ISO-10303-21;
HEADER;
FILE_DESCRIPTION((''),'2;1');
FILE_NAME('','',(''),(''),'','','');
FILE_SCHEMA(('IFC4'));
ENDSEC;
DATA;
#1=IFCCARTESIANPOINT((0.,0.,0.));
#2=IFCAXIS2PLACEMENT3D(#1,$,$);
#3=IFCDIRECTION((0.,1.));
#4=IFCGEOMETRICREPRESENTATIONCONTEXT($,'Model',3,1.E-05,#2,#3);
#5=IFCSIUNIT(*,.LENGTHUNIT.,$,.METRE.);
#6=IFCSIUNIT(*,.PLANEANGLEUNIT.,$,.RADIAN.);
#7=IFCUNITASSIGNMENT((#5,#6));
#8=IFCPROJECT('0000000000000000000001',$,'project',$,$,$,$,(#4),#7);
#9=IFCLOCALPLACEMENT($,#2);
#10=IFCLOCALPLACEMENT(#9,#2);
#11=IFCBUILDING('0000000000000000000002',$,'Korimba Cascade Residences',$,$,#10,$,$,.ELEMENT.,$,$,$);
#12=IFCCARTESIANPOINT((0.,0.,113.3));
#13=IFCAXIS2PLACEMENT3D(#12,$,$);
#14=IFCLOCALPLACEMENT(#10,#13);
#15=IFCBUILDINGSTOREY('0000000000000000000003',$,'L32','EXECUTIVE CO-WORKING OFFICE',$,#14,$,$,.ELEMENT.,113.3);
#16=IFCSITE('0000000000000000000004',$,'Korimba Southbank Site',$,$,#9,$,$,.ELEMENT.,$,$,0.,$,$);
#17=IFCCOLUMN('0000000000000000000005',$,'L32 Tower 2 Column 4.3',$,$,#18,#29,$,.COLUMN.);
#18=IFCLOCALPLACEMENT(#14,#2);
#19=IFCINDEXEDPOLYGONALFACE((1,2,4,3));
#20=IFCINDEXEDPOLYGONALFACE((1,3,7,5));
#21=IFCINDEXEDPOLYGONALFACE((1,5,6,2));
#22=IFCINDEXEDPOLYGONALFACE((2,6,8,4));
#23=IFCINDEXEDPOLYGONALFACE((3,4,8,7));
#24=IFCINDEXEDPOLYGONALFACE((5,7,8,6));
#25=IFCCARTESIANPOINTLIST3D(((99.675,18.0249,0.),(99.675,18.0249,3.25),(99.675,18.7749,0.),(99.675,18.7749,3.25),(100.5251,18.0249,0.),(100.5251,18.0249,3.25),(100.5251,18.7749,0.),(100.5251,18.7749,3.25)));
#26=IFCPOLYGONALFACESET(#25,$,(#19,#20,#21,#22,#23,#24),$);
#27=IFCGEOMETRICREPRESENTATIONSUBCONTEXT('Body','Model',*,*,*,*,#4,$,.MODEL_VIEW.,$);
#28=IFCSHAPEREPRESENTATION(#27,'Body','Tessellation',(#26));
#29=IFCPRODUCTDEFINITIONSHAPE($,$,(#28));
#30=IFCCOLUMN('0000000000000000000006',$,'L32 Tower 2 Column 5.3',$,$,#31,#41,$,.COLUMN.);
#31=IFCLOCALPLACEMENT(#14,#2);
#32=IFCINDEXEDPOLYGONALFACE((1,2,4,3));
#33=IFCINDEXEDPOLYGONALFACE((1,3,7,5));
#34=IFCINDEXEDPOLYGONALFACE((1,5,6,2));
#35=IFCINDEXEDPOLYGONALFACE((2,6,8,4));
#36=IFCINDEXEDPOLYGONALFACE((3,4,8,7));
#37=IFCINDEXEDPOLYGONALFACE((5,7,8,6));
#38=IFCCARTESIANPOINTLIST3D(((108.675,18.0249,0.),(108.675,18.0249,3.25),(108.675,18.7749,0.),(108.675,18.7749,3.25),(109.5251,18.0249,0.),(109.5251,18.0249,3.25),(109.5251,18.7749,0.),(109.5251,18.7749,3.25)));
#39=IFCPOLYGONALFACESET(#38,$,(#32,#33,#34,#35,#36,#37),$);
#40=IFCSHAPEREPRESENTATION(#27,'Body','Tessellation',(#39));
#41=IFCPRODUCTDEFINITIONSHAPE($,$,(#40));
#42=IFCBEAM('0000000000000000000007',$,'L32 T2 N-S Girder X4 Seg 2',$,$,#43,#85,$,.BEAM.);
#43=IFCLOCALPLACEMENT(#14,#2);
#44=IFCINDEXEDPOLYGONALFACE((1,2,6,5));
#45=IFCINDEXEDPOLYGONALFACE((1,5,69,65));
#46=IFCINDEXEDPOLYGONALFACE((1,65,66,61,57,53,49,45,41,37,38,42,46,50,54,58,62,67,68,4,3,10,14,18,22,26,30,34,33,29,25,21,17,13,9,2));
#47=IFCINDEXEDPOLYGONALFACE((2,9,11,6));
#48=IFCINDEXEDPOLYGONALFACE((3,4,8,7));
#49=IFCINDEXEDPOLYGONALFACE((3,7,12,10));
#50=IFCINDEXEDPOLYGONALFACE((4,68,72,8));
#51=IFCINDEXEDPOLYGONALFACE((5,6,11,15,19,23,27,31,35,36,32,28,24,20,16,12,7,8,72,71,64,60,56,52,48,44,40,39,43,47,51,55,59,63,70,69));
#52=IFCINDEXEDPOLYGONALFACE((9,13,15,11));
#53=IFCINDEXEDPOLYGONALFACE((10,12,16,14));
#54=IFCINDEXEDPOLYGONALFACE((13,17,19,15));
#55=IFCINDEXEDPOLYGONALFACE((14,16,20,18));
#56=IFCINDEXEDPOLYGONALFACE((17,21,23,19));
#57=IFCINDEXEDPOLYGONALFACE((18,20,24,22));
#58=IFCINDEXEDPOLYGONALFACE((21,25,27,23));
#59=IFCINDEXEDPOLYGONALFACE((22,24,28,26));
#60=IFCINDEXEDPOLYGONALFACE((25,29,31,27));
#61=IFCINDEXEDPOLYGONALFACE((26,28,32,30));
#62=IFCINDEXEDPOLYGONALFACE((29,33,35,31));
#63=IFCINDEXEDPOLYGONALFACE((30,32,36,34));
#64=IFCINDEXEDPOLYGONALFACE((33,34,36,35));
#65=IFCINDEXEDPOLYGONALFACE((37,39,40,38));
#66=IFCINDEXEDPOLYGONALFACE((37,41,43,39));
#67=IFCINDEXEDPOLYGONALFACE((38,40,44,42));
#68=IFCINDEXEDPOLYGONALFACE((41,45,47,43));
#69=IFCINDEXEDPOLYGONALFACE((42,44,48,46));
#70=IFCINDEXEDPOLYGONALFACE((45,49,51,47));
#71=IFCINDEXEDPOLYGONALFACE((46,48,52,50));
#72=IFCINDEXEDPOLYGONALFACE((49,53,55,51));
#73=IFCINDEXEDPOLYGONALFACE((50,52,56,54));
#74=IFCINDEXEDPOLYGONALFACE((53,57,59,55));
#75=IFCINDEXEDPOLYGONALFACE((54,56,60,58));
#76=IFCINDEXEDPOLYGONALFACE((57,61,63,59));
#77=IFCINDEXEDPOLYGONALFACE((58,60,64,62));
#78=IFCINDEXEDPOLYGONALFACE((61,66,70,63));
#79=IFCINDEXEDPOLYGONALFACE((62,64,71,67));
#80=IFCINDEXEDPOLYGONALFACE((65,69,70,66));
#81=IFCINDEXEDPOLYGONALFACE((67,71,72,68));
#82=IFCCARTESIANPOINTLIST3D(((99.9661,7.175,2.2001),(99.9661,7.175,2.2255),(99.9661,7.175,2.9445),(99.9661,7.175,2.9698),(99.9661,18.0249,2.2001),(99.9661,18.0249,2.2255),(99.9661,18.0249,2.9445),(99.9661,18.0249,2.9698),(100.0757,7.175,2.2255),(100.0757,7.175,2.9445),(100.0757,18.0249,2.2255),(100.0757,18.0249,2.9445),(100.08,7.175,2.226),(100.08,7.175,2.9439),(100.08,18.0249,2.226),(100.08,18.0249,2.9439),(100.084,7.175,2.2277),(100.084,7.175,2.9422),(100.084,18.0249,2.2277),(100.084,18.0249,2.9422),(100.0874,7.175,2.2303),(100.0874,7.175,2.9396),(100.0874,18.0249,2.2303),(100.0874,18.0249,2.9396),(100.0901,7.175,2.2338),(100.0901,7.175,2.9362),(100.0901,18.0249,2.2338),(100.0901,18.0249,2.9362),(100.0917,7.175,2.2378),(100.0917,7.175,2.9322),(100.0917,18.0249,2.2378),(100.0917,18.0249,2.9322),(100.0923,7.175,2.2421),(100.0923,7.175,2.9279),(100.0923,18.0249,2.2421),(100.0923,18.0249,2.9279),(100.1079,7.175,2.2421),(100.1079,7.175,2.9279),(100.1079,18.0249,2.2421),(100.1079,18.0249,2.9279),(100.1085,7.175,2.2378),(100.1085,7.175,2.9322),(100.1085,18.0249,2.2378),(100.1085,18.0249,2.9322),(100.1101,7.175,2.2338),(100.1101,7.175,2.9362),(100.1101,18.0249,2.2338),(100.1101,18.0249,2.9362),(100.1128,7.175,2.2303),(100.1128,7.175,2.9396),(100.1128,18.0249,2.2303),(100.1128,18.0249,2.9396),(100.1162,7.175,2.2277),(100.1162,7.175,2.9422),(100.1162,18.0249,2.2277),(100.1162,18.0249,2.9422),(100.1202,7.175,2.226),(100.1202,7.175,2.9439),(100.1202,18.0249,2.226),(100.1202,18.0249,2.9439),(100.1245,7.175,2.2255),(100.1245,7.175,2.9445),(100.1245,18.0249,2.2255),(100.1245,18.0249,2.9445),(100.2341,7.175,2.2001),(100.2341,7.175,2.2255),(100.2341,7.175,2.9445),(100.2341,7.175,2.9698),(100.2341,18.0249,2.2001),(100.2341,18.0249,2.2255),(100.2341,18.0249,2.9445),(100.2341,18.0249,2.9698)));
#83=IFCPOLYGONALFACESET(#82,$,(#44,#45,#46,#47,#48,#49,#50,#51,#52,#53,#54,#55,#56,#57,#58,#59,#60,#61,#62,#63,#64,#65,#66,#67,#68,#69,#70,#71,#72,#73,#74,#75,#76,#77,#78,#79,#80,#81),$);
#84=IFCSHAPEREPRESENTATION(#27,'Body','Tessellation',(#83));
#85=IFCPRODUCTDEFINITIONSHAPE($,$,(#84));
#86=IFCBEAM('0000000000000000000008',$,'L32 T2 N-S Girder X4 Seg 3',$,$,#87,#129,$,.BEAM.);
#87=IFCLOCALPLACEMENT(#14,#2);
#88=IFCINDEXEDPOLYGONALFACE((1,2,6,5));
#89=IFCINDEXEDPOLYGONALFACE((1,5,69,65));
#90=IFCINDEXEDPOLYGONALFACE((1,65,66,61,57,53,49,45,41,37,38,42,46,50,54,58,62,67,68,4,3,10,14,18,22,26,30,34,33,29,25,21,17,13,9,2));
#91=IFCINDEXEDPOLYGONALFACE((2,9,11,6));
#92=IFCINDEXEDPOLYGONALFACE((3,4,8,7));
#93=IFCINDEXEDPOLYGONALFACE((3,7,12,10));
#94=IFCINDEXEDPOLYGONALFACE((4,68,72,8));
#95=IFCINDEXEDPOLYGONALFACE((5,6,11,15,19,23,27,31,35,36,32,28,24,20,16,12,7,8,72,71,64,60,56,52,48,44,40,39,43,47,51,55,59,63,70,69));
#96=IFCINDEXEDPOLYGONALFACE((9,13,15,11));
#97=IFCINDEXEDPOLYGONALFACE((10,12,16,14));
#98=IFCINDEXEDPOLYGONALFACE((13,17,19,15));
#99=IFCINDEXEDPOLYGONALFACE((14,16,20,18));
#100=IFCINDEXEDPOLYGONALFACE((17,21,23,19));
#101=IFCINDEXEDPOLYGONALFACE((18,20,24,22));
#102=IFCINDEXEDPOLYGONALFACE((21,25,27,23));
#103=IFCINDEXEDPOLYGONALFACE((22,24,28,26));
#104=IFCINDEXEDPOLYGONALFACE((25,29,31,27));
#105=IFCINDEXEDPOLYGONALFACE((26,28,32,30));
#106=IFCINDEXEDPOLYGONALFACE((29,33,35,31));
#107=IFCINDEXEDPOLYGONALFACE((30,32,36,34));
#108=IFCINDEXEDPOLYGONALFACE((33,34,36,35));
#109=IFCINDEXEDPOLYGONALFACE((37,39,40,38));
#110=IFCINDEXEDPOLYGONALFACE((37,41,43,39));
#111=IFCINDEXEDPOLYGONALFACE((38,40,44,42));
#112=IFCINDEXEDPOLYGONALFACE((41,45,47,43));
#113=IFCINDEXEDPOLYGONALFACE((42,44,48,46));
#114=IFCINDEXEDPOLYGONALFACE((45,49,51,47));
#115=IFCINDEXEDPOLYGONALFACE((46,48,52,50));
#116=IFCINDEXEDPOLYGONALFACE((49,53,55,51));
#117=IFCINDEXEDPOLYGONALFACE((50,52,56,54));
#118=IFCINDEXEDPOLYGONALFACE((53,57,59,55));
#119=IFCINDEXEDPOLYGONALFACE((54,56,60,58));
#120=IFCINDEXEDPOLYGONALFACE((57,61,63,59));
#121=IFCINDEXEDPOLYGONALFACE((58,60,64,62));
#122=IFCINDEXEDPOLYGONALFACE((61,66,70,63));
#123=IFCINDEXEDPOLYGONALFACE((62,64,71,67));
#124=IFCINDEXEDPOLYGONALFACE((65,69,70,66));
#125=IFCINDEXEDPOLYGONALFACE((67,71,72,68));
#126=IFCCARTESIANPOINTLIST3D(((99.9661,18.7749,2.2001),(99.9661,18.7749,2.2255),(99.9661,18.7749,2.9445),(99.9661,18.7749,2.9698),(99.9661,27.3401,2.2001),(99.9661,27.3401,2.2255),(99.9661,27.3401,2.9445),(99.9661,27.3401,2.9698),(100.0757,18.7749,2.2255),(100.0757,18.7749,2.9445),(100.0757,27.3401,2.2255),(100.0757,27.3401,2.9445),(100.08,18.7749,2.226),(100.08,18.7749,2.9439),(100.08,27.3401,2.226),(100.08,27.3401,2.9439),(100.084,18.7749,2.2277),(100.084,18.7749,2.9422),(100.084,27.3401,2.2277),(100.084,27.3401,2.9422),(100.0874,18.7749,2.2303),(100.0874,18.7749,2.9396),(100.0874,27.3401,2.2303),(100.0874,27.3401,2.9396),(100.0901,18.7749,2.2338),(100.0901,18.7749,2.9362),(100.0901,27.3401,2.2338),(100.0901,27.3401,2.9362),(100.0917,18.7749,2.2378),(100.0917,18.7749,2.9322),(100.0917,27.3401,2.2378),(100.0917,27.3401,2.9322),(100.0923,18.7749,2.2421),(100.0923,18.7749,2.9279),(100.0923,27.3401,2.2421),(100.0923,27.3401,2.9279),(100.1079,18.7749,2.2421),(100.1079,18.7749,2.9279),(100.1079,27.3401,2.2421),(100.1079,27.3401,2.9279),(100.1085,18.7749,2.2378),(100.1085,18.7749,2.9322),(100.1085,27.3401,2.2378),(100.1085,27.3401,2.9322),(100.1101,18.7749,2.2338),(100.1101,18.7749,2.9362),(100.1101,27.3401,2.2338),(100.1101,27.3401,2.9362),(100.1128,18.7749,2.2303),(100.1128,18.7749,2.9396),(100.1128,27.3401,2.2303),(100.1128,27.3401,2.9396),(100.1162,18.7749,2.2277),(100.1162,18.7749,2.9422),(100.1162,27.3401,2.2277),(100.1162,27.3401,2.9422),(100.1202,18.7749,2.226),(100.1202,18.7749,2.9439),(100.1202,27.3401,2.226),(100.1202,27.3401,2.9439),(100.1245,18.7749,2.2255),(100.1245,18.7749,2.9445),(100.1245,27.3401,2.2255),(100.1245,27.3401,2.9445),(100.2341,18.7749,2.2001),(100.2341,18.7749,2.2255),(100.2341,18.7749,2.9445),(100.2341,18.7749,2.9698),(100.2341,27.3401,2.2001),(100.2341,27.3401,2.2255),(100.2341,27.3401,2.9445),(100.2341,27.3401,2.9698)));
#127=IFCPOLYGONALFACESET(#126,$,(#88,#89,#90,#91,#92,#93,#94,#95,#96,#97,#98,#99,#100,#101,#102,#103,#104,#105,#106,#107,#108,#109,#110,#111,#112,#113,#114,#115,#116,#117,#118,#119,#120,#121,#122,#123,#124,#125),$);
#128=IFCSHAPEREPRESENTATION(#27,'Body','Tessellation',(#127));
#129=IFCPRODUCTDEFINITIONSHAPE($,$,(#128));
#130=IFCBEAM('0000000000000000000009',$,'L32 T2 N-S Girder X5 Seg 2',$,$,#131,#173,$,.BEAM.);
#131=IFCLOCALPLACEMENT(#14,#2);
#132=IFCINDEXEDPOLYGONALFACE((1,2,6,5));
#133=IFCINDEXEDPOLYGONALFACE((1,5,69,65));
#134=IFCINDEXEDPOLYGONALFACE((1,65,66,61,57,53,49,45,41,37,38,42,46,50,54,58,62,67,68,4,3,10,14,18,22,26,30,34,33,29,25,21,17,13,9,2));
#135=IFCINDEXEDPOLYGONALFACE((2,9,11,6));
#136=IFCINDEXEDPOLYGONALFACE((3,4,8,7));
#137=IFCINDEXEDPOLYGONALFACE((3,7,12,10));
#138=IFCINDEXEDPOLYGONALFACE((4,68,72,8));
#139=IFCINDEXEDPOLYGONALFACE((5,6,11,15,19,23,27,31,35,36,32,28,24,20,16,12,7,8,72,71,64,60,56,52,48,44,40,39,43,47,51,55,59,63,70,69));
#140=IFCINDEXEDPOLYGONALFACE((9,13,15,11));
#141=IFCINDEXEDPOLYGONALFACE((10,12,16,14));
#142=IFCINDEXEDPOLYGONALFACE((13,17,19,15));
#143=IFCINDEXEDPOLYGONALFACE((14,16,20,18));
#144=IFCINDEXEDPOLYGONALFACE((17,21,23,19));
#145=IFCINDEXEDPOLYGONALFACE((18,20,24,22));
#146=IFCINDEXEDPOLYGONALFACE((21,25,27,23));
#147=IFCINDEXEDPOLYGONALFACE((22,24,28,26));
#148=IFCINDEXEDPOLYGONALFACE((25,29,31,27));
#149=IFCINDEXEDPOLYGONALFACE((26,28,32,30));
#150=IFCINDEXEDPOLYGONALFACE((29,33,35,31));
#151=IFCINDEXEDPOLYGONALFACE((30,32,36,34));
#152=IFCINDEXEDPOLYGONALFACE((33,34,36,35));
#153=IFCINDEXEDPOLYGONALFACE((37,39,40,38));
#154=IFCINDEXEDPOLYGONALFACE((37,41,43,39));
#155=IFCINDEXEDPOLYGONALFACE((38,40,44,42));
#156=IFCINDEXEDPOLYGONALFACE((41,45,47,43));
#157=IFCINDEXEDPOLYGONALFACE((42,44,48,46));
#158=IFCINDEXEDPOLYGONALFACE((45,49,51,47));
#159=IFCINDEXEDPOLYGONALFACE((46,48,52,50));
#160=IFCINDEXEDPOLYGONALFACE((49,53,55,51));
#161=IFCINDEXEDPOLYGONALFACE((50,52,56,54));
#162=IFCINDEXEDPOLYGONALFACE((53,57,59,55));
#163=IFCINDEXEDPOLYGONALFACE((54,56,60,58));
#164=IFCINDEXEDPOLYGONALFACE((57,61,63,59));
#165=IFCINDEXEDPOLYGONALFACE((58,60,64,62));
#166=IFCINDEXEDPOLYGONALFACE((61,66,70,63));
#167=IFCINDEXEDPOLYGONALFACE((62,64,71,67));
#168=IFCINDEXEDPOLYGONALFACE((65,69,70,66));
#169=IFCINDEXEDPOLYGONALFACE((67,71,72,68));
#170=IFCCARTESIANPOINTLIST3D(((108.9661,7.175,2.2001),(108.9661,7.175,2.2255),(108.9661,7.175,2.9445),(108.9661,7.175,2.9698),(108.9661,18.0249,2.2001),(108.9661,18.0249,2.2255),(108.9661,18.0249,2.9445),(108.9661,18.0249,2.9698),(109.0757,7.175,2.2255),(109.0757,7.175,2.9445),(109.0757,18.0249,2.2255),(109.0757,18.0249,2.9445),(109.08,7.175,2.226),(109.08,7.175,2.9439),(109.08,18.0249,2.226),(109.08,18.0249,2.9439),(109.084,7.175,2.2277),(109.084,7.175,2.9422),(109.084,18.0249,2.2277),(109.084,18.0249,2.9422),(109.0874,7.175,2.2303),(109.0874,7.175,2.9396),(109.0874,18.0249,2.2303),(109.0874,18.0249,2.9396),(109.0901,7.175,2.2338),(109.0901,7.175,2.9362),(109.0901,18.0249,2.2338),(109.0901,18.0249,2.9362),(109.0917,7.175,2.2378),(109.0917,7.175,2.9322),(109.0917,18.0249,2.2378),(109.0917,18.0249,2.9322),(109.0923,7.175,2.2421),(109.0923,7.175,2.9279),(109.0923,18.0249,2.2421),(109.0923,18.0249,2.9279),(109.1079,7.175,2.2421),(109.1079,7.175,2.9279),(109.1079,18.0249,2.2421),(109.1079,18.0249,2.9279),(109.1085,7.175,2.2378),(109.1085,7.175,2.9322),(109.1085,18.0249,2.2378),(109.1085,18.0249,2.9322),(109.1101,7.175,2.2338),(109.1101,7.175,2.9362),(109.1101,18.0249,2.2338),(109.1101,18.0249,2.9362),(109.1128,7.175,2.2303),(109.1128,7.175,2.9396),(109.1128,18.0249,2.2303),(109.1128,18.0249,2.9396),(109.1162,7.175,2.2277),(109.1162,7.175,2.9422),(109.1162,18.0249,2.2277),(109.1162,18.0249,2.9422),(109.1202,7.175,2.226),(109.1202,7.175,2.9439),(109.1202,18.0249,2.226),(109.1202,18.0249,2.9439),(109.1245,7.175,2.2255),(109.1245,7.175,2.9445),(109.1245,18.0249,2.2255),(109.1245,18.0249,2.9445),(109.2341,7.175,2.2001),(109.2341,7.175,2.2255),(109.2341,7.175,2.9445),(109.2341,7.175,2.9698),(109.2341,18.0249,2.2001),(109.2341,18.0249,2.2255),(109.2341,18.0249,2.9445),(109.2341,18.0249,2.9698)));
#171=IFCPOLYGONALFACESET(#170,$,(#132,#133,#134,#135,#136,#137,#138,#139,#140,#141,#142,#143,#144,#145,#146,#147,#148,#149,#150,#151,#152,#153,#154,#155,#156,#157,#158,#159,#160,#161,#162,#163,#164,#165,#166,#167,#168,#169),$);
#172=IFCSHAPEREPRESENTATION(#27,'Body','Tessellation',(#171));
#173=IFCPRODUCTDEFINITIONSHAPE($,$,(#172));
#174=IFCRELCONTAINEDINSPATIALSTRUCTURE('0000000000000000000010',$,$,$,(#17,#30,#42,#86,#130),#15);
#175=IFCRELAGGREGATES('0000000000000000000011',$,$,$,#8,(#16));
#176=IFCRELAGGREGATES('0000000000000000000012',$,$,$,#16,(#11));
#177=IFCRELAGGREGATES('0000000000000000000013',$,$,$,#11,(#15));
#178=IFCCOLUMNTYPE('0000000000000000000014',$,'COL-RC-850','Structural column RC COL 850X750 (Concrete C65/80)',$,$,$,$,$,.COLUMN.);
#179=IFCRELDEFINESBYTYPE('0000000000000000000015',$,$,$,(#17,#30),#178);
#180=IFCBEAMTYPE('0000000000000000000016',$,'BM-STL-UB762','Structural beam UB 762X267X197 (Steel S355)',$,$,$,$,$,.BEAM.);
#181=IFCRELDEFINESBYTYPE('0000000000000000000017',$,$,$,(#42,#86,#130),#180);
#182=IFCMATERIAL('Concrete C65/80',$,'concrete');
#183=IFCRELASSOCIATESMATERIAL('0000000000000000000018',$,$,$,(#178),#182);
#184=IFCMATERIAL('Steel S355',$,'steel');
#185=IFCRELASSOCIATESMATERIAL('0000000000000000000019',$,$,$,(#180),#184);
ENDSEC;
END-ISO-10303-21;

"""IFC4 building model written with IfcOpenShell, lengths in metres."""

from ifc_helpers import new_model, si_unit, direction, frame, origin, origin_2d, place, context, subcontext, project, spatial, rectangle, i_section, extrude, material, material_profile, profile_set, type_object, element, save


model = new_model("IFC4")

# Units and contexts
model_context = context("Model", 3, precision=1e-05, world=origin(), true_north=direction((0.0, 1.0)))
body_context = subcontext(model_context, "Body", "Model", "MODEL_VIEW")
ifc_project = project(units=[si_unit("LENGTHUNIT", "METRE"), si_unit("PLANEANGLEUNIT", "RADIAN")], contexts=[model_context])

# Site, building, storey
site_placement = place(None, origin())
site = spatial("IfcSite", under=ifc_project, at=site_placement, Name="Korimba Southbank Site", CompositionType="ELEMENT", RefElevation=0.0)
building_placement = place(site_placement, origin())
building = spatial("IfcBuilding", under=site, at=building_placement, Name="Korimba Cascade Residences", CompositionType="ELEMENT")
storey_placement = place(building_placement, frame((0.0, 0.0, 113.3)))
storey = spatial("IfcBuildingStorey", under=building, at=storey_placement, Name="L32", Description="EXECUTIVE CO-WORKING OFFICE", CompositionType="ELEMENT", Elevation=113.3)

# Columns
ifc_material_1 = material(Name="Concrete C65/80", Category="concrete")
ifc_material_profile_1 = material_profile(ifc_material_1, rectangle(XDim=0.8501, YDim=0.75, at=origin_2d()), Name="Concrete C65/80")
ifc_profile_set_1 = profile_set([ifc_material_profile_1], Name="Concrete C65/80")
column_type = type_object("IfcColumnType", Name="COL-RC-850", Description="Structural column RC COL 850X750 (Concrete C65/80)", PredefinedType="COLUMN", material=ifc_profile_set_1)
for number, where, z_axis, x_axis, name in (
    (1, (100.1001, 18.3999, 0.0), (0.0, 0.0, 1.0), (1.0, 0.0, 0.0), "L32 Tower 2 Column 4.3"),
    (2, (109.1001, 18.3999, 0.0), (0.0, 0.0, 1.0), (1.0, 0.0, 0.0), "L32 Tower 2 Column 5.3"),
):
    element("IfcColumn", number, at=place(storey_placement, frame(where, z_axis=z_axis, x_axis=x_axis)), inside=storey, type_object=column_type, Name=name, PredefinedType="COLUMN", context=body_context, shape_type="SweptSolid", body=[
        extrude(rectangle(XDim=0.8501, YDim=0.75, at=origin_2d()), origin(), (0.0, 0.0, 1.0), 3.25),
    ])

# Beams
ifc_material_2 = material(Name="Steel S355", Category="steel")
ifc_material_profile_2 = material_profile(ifc_material_2, i_section(OverallWidth=0.2681, OverallDepth=0.7698, WebThickness=0.0156, FlangeThickness=0.0254, FilletRadius=0.0166, at=origin_2d()), Name="Steel S355")
ifc_profile_set_2 = profile_set([ifc_material_profile_2], Name="Steel S355")
beam_type = type_object("IfcBeamType", Name="BM-STL-UB762", Description="Structural beam UB 762X267X197 (Steel S355)", PredefinedType="BEAM", material=ifc_profile_set_2)
beam_1_placement = place(storey_placement, frame((100.1001, 7.175, 2.585), z_axis=(0.0, 1.0, 0.0), x_axis=(-1.0, 0.0, 0.0)))
element("IfcBeam", 3, at=beam_1_placement, inside=storey, type_object=beam_type, Name="L32 T2 N-S Girder X4 Seg 2", PredefinedType="BEAM", context=body_context, shape_type="SweptSolid", body=[
    extrude(i_section(OverallWidth=0.2681, OverallDepth=0.7698, WebThickness=0.0156, FlangeThickness=0.0254, FilletRadius=0.0166, at=origin_2d()), origin(), (0.0, 0.0, 1.0), 10.8499),
])
beam_2_placement = place(storey_placement, frame((100.1001, 18.7749, 2.585), z_axis=(0.0, 1.0, 0.0), x_axis=(-1.0, 0.0, 0.0)))
element("IfcBeam", 4, at=beam_2_placement, inside=storey, type_object=beam_type, Name="L32 T2 N-S Girder X4 Seg 3", PredefinedType="BEAM", context=body_context, shape_type="SweptSolid", body=[
    extrude(i_section(OverallWidth=0.2681, OverallDepth=0.7698, WebThickness=0.0156, FlangeThickness=0.0254, FilletRadius=0.0166, at=origin_2d()), origin(), (0.0, 0.0, 1.0), 8.5652),
])
beam_3_placement = place(storey_placement, frame((109.1001, 7.175, 2.585), z_axis=(0.0, 1.0, 0.0), x_axis=(-1.0, 0.0, 0.0)))
element("IfcBeam", 5, at=beam_3_placement, inside=storey, type_object=beam_type, Name="L32 T2 N-S Girder X5 Seg 2", PredefinedType="BEAM", context=body_context, shape_type="SweptSolid", body=[
    extrude(i_section(OverallWidth=0.2681, OverallDepth=0.7698, WebThickness=0.0156, FlangeThickness=0.0254, FilletRadius=0.0166, at=origin_2d()), origin(), (0.0, 0.0, 1.0), 10.8499),
])

save(model, "model.ifc")
